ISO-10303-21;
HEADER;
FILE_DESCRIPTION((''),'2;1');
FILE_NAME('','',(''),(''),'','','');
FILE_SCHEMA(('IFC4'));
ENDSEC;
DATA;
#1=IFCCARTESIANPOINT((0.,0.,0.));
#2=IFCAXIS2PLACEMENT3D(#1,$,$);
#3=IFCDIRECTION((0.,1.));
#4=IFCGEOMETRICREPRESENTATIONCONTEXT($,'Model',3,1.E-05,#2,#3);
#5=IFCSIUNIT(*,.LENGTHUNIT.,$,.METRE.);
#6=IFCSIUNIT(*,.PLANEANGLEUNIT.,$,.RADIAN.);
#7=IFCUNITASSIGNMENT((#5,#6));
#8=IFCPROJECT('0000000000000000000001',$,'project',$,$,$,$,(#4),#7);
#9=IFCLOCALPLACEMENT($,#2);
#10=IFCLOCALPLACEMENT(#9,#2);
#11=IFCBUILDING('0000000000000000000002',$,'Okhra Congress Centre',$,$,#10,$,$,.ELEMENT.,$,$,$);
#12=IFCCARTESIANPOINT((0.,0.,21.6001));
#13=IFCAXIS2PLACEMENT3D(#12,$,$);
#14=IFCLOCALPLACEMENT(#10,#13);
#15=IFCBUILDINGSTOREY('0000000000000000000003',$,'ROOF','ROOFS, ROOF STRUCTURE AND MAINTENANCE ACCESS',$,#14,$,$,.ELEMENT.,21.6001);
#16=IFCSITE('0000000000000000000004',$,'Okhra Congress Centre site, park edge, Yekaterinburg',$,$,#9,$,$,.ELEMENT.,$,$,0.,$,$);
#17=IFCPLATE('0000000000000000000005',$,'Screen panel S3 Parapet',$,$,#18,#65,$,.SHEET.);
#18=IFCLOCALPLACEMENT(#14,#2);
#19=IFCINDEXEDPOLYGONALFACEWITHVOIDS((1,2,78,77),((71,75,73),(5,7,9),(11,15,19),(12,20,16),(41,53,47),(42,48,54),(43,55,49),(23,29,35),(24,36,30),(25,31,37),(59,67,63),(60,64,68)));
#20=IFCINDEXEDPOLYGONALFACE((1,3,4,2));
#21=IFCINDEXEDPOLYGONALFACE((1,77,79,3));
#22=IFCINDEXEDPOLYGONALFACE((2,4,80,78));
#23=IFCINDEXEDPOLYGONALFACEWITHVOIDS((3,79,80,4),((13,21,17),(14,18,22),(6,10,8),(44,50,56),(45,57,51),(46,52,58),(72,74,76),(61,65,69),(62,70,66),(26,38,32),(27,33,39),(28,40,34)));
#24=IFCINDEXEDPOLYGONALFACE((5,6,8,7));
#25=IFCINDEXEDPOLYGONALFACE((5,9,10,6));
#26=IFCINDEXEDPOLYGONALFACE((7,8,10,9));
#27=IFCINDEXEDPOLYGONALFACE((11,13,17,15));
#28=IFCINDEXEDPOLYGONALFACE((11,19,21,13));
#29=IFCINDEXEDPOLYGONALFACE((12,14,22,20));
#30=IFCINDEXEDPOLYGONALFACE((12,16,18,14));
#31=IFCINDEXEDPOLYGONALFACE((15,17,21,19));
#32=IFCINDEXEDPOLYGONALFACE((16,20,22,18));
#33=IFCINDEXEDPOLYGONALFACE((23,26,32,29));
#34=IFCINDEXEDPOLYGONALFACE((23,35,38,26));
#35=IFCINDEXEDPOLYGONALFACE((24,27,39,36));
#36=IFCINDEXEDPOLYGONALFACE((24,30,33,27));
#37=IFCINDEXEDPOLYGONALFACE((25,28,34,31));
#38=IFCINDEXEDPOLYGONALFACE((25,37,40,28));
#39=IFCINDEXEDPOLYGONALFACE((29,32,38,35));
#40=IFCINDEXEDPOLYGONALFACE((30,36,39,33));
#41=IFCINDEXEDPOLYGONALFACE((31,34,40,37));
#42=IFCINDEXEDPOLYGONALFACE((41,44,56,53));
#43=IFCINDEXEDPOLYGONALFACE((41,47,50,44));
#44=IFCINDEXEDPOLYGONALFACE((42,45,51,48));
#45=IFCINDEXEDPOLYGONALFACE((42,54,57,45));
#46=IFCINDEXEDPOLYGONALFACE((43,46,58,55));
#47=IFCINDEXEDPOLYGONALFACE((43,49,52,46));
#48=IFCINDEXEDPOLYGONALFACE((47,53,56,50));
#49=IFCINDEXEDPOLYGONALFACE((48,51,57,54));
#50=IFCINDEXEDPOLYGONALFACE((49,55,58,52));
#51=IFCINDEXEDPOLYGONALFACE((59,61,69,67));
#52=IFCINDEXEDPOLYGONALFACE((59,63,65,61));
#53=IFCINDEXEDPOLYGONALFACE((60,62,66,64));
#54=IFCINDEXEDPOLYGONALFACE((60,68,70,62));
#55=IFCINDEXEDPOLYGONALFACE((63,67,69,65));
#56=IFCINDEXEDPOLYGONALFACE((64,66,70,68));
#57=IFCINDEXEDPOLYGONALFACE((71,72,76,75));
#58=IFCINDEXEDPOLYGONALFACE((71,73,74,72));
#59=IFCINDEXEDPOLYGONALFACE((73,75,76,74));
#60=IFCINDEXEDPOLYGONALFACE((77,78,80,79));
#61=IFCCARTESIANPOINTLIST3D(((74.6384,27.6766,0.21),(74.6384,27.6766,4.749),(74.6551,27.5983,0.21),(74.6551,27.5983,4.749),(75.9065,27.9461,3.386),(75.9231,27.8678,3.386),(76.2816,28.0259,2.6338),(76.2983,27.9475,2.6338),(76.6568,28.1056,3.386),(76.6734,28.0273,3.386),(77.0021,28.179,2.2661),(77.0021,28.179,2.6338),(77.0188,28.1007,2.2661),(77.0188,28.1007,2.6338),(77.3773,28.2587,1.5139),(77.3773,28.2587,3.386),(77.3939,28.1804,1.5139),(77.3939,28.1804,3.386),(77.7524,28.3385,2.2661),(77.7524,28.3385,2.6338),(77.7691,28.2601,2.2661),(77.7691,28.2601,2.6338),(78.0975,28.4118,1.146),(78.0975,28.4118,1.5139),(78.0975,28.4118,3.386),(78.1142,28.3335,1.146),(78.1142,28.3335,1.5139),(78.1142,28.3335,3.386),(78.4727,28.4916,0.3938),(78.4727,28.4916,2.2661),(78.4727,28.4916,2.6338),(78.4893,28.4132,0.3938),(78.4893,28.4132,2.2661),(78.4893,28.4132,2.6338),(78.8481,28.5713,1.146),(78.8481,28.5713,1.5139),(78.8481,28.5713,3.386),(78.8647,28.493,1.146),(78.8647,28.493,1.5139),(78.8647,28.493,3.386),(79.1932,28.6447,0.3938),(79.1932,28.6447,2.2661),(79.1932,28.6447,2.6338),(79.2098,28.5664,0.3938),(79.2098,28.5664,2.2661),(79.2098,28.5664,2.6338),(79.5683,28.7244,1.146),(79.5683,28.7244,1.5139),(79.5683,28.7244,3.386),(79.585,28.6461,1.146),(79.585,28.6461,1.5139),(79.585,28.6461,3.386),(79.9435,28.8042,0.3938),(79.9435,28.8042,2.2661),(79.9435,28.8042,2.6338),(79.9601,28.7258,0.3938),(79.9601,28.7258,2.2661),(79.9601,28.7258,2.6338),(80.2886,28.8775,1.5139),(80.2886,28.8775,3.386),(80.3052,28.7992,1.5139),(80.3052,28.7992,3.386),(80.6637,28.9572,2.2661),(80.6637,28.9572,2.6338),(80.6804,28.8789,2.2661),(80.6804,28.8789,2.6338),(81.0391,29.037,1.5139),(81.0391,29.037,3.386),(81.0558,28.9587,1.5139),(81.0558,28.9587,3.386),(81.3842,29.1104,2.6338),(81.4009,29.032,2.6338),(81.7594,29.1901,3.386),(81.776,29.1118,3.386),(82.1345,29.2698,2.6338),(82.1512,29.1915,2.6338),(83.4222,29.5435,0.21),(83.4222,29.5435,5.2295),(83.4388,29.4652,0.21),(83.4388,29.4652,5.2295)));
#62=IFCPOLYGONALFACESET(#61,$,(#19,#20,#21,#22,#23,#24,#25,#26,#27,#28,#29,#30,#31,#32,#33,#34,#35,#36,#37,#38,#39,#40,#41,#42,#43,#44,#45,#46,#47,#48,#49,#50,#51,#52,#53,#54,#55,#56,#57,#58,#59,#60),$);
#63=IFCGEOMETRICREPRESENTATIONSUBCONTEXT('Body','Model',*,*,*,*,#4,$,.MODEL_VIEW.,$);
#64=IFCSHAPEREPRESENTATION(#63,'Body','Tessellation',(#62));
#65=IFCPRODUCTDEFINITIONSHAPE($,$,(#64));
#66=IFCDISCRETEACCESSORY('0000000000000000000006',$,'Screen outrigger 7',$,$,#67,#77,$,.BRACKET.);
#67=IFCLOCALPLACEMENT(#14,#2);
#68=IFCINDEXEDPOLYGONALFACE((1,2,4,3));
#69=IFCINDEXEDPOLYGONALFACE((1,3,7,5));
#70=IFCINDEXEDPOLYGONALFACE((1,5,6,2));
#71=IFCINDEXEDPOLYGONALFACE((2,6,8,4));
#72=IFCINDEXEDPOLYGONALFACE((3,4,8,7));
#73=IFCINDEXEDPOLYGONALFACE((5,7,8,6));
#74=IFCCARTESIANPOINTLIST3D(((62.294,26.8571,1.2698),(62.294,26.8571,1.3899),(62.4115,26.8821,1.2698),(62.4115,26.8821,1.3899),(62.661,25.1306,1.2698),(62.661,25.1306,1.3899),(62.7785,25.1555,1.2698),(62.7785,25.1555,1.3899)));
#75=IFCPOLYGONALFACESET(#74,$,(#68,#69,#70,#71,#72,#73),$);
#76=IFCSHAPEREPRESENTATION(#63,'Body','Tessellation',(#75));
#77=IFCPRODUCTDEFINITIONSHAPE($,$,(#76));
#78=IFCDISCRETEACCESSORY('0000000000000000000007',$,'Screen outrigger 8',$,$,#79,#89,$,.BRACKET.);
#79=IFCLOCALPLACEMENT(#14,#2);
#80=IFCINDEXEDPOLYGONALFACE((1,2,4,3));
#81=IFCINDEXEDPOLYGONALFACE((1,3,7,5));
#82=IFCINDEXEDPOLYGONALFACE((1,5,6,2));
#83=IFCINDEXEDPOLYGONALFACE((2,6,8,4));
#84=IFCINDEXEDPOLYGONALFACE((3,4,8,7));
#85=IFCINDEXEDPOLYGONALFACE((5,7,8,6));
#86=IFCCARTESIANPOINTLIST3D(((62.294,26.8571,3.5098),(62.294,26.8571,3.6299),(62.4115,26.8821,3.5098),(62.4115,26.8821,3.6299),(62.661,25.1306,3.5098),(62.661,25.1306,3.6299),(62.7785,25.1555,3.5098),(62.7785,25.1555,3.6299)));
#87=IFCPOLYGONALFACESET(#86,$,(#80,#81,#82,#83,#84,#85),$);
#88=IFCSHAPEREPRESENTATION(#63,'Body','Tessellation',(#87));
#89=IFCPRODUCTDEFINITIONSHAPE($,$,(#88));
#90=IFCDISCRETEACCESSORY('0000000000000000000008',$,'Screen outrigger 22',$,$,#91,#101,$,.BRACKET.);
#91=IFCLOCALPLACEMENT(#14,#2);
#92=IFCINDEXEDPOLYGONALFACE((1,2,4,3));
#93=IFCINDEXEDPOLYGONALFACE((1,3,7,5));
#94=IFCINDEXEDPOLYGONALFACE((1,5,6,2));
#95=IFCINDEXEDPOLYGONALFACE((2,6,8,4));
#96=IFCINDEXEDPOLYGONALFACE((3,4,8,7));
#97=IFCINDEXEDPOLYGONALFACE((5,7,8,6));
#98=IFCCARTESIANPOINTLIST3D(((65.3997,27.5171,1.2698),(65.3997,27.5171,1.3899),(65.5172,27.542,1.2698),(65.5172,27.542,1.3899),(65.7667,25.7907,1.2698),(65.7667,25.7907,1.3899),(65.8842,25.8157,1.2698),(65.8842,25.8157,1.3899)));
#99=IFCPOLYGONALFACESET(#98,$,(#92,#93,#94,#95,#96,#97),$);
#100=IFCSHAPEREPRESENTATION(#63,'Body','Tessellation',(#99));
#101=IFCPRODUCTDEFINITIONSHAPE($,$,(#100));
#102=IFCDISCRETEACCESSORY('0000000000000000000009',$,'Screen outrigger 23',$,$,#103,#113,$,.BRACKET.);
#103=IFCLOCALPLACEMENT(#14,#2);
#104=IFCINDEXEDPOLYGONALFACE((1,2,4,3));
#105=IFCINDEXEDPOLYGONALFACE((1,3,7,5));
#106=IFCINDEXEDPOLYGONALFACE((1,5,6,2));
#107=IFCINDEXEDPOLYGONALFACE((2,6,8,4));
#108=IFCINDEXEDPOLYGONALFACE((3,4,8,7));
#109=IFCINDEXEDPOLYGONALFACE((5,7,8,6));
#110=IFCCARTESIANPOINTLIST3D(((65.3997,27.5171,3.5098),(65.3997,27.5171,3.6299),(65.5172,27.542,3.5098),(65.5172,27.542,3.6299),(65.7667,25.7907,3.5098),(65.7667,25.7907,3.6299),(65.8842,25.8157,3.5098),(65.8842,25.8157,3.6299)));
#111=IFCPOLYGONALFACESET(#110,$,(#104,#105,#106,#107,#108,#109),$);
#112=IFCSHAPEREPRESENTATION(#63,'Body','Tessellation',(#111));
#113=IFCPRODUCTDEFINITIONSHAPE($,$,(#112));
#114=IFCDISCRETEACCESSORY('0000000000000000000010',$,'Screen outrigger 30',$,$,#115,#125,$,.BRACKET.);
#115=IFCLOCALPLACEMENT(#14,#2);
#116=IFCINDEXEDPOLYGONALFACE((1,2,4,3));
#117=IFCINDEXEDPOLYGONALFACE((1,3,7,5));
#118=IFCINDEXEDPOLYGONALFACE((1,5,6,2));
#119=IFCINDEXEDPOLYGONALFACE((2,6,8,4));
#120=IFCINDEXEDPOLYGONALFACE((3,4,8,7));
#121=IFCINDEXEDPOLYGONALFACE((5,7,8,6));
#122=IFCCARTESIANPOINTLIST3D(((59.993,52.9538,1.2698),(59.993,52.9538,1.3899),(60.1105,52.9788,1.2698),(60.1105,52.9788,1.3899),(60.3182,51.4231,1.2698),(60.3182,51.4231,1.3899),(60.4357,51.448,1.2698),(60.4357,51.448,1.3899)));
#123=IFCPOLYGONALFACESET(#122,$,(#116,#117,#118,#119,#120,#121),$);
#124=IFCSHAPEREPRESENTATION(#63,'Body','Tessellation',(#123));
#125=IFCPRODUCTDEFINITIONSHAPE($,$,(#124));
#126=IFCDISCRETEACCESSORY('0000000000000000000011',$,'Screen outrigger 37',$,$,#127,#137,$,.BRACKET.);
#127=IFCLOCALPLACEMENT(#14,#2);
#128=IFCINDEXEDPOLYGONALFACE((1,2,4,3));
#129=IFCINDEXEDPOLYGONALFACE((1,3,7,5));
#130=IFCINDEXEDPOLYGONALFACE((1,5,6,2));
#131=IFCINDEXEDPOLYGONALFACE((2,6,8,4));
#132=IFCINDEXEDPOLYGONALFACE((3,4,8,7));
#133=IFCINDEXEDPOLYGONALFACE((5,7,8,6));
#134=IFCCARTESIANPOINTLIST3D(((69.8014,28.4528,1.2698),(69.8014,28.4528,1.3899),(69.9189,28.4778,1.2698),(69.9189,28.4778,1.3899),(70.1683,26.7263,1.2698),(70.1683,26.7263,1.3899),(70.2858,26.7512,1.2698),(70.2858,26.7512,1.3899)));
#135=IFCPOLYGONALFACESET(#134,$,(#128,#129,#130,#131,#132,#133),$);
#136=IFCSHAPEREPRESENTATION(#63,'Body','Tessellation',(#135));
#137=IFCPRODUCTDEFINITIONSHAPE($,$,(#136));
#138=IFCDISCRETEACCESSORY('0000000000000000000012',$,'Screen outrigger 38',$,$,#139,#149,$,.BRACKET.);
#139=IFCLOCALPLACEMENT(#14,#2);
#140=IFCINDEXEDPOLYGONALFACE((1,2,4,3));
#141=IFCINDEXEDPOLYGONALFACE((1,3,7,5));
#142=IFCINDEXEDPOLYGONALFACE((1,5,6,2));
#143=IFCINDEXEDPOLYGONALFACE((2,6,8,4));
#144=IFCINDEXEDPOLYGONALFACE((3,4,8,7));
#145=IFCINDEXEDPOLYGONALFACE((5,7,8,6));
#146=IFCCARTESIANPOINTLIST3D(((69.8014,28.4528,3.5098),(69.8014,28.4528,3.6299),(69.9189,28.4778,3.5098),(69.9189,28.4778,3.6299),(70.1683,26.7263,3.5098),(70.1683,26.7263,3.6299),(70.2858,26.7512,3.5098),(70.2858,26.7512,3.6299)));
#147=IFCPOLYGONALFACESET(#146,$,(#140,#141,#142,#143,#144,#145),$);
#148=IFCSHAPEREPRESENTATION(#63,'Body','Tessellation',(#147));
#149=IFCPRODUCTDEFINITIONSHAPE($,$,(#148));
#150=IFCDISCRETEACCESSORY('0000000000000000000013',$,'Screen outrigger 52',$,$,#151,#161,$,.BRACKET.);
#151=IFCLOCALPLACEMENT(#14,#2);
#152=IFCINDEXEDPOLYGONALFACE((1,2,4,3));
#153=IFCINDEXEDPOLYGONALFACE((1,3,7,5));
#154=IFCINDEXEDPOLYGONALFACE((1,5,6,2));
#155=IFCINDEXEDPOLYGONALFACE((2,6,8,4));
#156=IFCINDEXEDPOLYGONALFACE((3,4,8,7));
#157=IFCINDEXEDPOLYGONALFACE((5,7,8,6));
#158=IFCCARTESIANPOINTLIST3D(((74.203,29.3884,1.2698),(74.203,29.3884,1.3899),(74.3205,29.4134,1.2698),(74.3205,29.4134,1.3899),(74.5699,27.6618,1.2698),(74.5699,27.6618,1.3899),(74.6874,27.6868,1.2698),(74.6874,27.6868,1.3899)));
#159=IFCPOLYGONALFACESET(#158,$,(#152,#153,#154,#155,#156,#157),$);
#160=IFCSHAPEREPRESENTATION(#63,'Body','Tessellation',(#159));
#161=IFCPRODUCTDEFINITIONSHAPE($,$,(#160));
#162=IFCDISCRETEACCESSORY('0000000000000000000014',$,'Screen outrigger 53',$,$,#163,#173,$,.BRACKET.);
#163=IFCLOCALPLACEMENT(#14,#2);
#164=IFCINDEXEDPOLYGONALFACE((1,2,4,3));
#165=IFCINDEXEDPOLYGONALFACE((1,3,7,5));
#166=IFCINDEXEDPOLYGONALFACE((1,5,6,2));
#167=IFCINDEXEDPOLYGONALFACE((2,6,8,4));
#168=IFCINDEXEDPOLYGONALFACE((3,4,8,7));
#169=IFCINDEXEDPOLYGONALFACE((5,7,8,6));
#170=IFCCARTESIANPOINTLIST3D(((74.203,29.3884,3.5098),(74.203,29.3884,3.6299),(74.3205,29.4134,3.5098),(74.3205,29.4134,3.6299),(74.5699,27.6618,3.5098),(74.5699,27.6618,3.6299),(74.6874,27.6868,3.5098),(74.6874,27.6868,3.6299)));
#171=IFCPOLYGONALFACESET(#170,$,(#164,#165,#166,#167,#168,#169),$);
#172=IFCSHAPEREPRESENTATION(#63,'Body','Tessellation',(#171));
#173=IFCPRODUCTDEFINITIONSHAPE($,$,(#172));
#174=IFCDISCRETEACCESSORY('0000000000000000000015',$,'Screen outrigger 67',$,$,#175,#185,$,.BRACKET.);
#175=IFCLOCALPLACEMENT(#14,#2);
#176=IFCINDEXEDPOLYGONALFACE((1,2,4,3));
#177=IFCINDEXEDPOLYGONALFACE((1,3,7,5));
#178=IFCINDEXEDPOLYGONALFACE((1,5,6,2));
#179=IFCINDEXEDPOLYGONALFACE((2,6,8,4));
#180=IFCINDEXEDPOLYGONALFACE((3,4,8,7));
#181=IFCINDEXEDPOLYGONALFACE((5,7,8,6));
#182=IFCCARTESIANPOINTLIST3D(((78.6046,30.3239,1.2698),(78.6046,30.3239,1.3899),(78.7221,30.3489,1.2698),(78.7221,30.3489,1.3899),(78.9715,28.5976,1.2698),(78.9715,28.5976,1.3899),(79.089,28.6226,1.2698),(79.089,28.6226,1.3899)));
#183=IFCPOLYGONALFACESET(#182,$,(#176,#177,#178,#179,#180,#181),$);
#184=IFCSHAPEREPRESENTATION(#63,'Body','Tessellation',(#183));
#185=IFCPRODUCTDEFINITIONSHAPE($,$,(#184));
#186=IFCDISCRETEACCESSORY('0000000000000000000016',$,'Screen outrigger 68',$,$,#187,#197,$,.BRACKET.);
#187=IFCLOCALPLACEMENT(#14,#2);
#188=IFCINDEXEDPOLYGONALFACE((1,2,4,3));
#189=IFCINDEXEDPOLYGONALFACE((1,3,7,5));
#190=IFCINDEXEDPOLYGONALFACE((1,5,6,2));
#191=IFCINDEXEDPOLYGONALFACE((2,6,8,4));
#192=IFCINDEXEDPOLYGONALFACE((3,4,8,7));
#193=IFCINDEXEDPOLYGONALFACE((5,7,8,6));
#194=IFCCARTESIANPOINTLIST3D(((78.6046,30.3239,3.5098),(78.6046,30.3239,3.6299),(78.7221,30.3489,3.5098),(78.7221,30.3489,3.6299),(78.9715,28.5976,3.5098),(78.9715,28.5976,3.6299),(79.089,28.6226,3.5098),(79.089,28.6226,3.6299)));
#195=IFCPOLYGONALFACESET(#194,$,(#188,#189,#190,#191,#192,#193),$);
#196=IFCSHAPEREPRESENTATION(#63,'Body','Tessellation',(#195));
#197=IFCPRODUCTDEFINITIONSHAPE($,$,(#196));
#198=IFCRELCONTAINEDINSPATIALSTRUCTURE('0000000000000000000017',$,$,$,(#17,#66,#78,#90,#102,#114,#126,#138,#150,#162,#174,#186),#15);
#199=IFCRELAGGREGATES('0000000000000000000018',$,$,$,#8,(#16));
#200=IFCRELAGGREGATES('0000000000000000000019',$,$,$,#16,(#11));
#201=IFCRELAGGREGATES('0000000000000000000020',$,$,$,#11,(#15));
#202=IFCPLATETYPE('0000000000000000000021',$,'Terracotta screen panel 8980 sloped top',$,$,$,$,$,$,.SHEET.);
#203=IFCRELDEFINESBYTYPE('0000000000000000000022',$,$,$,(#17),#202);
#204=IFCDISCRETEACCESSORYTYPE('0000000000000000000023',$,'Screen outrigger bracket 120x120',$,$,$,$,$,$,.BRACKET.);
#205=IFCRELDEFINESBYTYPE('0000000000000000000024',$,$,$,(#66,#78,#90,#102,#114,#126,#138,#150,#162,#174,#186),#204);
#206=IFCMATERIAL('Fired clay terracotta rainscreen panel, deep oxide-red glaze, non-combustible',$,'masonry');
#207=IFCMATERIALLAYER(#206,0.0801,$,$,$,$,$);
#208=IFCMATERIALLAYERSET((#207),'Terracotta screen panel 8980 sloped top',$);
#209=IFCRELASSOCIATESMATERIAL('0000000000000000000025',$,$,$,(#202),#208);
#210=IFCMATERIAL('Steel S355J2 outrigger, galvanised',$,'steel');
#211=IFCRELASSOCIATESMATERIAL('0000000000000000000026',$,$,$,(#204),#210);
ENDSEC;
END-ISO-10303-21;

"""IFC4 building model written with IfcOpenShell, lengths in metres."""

from ifc_helpers import new_model, si_unit, direction, frame, origin, origin_2d, place, context, subcontext, project, spatial, polyline, rectangle, outline, extrude, material, layer, layer_set, material_profile, profile_set, type_object, element, save


model = new_model("IFC4")

# Units and contexts
model_context = context("Model", 3, precision=1e-05, world=origin(), true_north=direction((0.0, 1.0)))
body_context = subcontext(model_context, "Body", "Model", "MODEL_VIEW")
ifc_project = project(units=[si_unit("LENGTHUNIT", "METRE"), si_unit("PLANEANGLEUNIT", "RADIAN")], contexts=[model_context])

# Site, building, storey
site_placement = place(None, origin())
site = spatial("IfcSite", under=ifc_project, at=site_placement, Name="Okhra Congress Centre site, park edge, Yekaterinburg", CompositionType="ELEMENT", RefElevation=0.0)
building_placement = place(site_placement, origin())
building = spatial("IfcBuilding", under=site, at=building_placement, Name="Okhra Congress Centre", CompositionType="ELEMENT")
storey_placement = place(building_placement, frame((0.0, 0.0, 21.6001)))
storey = spatial("IfcBuildingStorey", under=building, at=storey_placement, Name="ROOF", Description="ROOFS, ROOF STRUCTURE AND MAINTENANCE ACCESS", CompositionType="ELEMENT", Elevation=21.6001)

# Plate
ifc_material_1 = material(Name="Fired clay terracotta rainscreen panel, deep oxide-red glaze, non-combustible", Category="masonry")
ifc_layer_1 = layer(ifc_material_1, 0.0801)
ifc_layer_set_1 = layer_set([ifc_layer_1], Name="Terracotta screen panel 8980 sloped top")
plate_type_1 = type_object("IfcPlateType", Name="Terracotta screen panel 8980 sloped top", PredefinedType="SHEET", material=ifc_layer_set_1)
plate_1_placement = place(storey_placement, frame((74.6467, 27.6375, 0.21), z_axis=(0.0, 0.0, 1.0), x_axis=(0.978151, 0.207897, 0.0)))
element("IfcPlate", 1, at=plate_1_placement, inside=storey, type_object=plate_type_1, Name="Screen panel S3 Parapet", PredefinedType="SHEET", context=body_context, shape_type="SweptSolid", body=[
    extrude(outline(polyline([(0.0, 0.0), (8.98, 0.0), (8.98, 5.0195), (0.0, 4.5391), (0.0, 0.0)]), holes=[polyline([(3.5364, 0.936), (3.9199, 0.1838), (4.3037, 0.936), (3.5364, 0.936)]), polyline([(4.6565, 0.1838), (5.4236, 0.1838), (5.04, 0.936), (4.6565, 0.1838)]), polyline([(2.4165, 2.0562), (2.8, 1.304), (3.1836, 2.0562), (2.4165, 2.0562)]), polyline([(3.5364, 1.304), (4.3037, 1.304), (3.9199, 2.0562), (3.5364, 1.304)]), polyline([(4.6565, 2.0562), (5.04, 1.304), (5.4236, 2.0562), (4.6565, 2.0562)]), polyline([(5.7764, 1.304), (6.5437, 1.304), (6.1599, 2.0562), (5.7764, 1.304)]), polyline([(1.2964, 3.176), (1.6799, 2.4238), (2.0635, 3.176), (1.2964, 3.176)]), polyline([(2.4165, 2.4238), (3.1836, 2.4238), (2.8, 3.176), (2.4165, 2.4238)]), polyline([(3.5364, 3.176), (3.9199, 2.4238), (4.3037, 3.176), (3.5364, 3.176)]), polyline([(4.6565, 2.4238), (5.4236, 2.4238), (5.04, 3.176), (4.6565, 2.4238)]), polyline([(5.7764, 3.176), (6.1599, 2.4238), (6.5437, 3.176), (5.7764, 3.176)]), polyline([(6.8965, 2.4238), (7.6636, 2.4238), (7.28, 3.176), (6.8965, 2.4238)])]), frame((0.0, 0.04, 0.0), z_axis=(0.0, -1.0, 0.0), x_axis=(1.0, 0.0, 0.0)), (0.0, 0.0, 1.0), 0.0801),
])

# Discrete accessories
ifc_material_2 = material(Name="Steel S355J2 outrigger, galvanised", Category="steel")
ifc_material_profile_1 = material_profile(ifc_material_2, rectangle(XDim=0.1201, YDim=0.1201, at=origin_2d()), Name="Screen outrigger bracket 120x120")
ifc_profile_set_1 = profile_set([ifc_material_profile_1], Name="Steel S355J2 outrigger, galvanised")
discrete_accessory_type = type_object("IfcDiscreteAccessoryType", Name="Screen outrigger bracket 120x120", PredefinedType="BRACKET", material=ifc_profile_set_1)
for number, where, z_axis, x_axis, name in (
    (2, (62.3528, 26.8696, 1.3298), (0.207885, -0.978153, 0.0), (0.978153, 0.207885, 0.0), "Screen outrigger 7"),
    (3, (62.3528, 26.8696, 3.5698), (0.207885, -0.978153, 0.0), (0.978153, 0.207885, 0.0), "Screen outrigger 8"),
):
    element("IfcDiscreteAccessory", number, at=place(storey_placement, frame(where, z_axis=z_axis, x_axis=x_axis)), inside=storey, type_object=discrete_accessory_type, Name=name, PredefinedType="BRACKET", context=body_context, shape_type="SweptSolid", body=[
        extrude(rectangle(XDim=0.1201, YDim=0.1201, at=origin_2d()), origin(), (0.0, 0.0, 1.0), 1.7651),
    ])
for number, where, z_axis, x_axis, name in (
    (4, (65.4585, 27.5295, 1.3298), (0.207913, -0.978147, 0.0), (0.978147, 0.207913, 0.0), "Screen outrigger 22"),
    (5, (65.4585, 27.5295, 3.5698), (0.207913, -0.978147, 0.0), (0.978147, 0.207913, 0.0), "Screen outrigger 23"),
):
    element("IfcDiscreteAccessory", number, at=place(storey_placement, frame(where, z_axis=z_axis, x_axis=x_axis)), inside=storey, type_object=discrete_accessory_type, Name=name, PredefinedType="BRACKET", context=body_context, shape_type="SweptSolid", body=[
        extrude(rectangle(XDim=0.1201, YDim=0.1201, at=origin_2d()), origin(), (0.0, 0.0, 1.0), 1.7649),
    ])
discrete_accessory_1_placement = place(storey_placement, frame((60.377, 51.4355, 1.3298), z_axis=(-0.207803, 0.978171, 0.0), x_axis=(-0.978171, -0.207803, 0.0)))
element("IfcDiscreteAccessory", 6, at=discrete_accessory_1_placement, inside=storey, type_object=discrete_accessory_type, Name="Screen outrigger 30", PredefinedType="BRACKET", context=body_context, shape_type="SweptSolid", body=[
    extrude(rectangle(XDim=0.1201, YDim=0.1201, at=origin_2d()), origin(), (0.0, 0.0, 1.0), 1.5649),
])
for number, where, z_axis, x_axis, name in (
    (7, (69.8601, 28.4653, 1.3298), (0.207885, -0.978153, 0.0), (0.978153, 0.207885, 0.0), "Screen outrigger 37"),
    (8, (69.8601, 28.4653, 3.5698), (0.207885, -0.978153, 0.0), (0.978153, 0.207885, 0.0), "Screen outrigger 38"),
    (9, (74.2617, 29.4009, 1.3298), (0.207885, -0.978153, 0.0), (0.978153, 0.207885, 0.0), "Screen outrigger 52"),
    (10, (74.2617, 29.4009, 3.5698), (0.207885, -0.978153, 0.0), (0.978153, 0.207885, 0.0), "Screen outrigger 53"),
):
    element("IfcDiscreteAccessory", number, at=place(storey_placement, frame(where, z_axis=z_axis, x_axis=x_axis)), inside=storey, type_object=discrete_accessory_type, Name=name, PredefinedType="BRACKET", context=body_context, shape_type="SweptSolid", body=[
        extrude(rectangle(XDim=0.1201, YDim=0.1201, at=origin_2d()), origin(), (0.0, 0.0, 1.0), 1.7651),
    ])
for number, where, z_axis, x_axis, name in (
    (11, (78.6633, 30.3364, 1.3298), (0.207913, -0.978147, 0.0), (0.978147, 0.207913, 0.0), "Screen outrigger 67"),
    (12, (78.6633, 30.3364, 3.5698), (0.207913, -0.978147, 0.0), (0.978147, 0.207913, 0.0), "Screen outrigger 68"),
):
    element("IfcDiscreteAccessory", number, at=place(storey_placement, frame(where, z_axis=z_axis, x_axis=x_axis)), inside=storey, type_object=discrete_accessory_type, Name=name, PredefinedType="BRACKET", context=body_context, shape_type="SweptSolid", body=[
        extrude(rectangle(XDim=0.1201, YDim=0.1201, at=origin_2d()), origin(), (0.0, 0.0, 1.0), 1.7649),
    ])

save(model, "model.ifc")
